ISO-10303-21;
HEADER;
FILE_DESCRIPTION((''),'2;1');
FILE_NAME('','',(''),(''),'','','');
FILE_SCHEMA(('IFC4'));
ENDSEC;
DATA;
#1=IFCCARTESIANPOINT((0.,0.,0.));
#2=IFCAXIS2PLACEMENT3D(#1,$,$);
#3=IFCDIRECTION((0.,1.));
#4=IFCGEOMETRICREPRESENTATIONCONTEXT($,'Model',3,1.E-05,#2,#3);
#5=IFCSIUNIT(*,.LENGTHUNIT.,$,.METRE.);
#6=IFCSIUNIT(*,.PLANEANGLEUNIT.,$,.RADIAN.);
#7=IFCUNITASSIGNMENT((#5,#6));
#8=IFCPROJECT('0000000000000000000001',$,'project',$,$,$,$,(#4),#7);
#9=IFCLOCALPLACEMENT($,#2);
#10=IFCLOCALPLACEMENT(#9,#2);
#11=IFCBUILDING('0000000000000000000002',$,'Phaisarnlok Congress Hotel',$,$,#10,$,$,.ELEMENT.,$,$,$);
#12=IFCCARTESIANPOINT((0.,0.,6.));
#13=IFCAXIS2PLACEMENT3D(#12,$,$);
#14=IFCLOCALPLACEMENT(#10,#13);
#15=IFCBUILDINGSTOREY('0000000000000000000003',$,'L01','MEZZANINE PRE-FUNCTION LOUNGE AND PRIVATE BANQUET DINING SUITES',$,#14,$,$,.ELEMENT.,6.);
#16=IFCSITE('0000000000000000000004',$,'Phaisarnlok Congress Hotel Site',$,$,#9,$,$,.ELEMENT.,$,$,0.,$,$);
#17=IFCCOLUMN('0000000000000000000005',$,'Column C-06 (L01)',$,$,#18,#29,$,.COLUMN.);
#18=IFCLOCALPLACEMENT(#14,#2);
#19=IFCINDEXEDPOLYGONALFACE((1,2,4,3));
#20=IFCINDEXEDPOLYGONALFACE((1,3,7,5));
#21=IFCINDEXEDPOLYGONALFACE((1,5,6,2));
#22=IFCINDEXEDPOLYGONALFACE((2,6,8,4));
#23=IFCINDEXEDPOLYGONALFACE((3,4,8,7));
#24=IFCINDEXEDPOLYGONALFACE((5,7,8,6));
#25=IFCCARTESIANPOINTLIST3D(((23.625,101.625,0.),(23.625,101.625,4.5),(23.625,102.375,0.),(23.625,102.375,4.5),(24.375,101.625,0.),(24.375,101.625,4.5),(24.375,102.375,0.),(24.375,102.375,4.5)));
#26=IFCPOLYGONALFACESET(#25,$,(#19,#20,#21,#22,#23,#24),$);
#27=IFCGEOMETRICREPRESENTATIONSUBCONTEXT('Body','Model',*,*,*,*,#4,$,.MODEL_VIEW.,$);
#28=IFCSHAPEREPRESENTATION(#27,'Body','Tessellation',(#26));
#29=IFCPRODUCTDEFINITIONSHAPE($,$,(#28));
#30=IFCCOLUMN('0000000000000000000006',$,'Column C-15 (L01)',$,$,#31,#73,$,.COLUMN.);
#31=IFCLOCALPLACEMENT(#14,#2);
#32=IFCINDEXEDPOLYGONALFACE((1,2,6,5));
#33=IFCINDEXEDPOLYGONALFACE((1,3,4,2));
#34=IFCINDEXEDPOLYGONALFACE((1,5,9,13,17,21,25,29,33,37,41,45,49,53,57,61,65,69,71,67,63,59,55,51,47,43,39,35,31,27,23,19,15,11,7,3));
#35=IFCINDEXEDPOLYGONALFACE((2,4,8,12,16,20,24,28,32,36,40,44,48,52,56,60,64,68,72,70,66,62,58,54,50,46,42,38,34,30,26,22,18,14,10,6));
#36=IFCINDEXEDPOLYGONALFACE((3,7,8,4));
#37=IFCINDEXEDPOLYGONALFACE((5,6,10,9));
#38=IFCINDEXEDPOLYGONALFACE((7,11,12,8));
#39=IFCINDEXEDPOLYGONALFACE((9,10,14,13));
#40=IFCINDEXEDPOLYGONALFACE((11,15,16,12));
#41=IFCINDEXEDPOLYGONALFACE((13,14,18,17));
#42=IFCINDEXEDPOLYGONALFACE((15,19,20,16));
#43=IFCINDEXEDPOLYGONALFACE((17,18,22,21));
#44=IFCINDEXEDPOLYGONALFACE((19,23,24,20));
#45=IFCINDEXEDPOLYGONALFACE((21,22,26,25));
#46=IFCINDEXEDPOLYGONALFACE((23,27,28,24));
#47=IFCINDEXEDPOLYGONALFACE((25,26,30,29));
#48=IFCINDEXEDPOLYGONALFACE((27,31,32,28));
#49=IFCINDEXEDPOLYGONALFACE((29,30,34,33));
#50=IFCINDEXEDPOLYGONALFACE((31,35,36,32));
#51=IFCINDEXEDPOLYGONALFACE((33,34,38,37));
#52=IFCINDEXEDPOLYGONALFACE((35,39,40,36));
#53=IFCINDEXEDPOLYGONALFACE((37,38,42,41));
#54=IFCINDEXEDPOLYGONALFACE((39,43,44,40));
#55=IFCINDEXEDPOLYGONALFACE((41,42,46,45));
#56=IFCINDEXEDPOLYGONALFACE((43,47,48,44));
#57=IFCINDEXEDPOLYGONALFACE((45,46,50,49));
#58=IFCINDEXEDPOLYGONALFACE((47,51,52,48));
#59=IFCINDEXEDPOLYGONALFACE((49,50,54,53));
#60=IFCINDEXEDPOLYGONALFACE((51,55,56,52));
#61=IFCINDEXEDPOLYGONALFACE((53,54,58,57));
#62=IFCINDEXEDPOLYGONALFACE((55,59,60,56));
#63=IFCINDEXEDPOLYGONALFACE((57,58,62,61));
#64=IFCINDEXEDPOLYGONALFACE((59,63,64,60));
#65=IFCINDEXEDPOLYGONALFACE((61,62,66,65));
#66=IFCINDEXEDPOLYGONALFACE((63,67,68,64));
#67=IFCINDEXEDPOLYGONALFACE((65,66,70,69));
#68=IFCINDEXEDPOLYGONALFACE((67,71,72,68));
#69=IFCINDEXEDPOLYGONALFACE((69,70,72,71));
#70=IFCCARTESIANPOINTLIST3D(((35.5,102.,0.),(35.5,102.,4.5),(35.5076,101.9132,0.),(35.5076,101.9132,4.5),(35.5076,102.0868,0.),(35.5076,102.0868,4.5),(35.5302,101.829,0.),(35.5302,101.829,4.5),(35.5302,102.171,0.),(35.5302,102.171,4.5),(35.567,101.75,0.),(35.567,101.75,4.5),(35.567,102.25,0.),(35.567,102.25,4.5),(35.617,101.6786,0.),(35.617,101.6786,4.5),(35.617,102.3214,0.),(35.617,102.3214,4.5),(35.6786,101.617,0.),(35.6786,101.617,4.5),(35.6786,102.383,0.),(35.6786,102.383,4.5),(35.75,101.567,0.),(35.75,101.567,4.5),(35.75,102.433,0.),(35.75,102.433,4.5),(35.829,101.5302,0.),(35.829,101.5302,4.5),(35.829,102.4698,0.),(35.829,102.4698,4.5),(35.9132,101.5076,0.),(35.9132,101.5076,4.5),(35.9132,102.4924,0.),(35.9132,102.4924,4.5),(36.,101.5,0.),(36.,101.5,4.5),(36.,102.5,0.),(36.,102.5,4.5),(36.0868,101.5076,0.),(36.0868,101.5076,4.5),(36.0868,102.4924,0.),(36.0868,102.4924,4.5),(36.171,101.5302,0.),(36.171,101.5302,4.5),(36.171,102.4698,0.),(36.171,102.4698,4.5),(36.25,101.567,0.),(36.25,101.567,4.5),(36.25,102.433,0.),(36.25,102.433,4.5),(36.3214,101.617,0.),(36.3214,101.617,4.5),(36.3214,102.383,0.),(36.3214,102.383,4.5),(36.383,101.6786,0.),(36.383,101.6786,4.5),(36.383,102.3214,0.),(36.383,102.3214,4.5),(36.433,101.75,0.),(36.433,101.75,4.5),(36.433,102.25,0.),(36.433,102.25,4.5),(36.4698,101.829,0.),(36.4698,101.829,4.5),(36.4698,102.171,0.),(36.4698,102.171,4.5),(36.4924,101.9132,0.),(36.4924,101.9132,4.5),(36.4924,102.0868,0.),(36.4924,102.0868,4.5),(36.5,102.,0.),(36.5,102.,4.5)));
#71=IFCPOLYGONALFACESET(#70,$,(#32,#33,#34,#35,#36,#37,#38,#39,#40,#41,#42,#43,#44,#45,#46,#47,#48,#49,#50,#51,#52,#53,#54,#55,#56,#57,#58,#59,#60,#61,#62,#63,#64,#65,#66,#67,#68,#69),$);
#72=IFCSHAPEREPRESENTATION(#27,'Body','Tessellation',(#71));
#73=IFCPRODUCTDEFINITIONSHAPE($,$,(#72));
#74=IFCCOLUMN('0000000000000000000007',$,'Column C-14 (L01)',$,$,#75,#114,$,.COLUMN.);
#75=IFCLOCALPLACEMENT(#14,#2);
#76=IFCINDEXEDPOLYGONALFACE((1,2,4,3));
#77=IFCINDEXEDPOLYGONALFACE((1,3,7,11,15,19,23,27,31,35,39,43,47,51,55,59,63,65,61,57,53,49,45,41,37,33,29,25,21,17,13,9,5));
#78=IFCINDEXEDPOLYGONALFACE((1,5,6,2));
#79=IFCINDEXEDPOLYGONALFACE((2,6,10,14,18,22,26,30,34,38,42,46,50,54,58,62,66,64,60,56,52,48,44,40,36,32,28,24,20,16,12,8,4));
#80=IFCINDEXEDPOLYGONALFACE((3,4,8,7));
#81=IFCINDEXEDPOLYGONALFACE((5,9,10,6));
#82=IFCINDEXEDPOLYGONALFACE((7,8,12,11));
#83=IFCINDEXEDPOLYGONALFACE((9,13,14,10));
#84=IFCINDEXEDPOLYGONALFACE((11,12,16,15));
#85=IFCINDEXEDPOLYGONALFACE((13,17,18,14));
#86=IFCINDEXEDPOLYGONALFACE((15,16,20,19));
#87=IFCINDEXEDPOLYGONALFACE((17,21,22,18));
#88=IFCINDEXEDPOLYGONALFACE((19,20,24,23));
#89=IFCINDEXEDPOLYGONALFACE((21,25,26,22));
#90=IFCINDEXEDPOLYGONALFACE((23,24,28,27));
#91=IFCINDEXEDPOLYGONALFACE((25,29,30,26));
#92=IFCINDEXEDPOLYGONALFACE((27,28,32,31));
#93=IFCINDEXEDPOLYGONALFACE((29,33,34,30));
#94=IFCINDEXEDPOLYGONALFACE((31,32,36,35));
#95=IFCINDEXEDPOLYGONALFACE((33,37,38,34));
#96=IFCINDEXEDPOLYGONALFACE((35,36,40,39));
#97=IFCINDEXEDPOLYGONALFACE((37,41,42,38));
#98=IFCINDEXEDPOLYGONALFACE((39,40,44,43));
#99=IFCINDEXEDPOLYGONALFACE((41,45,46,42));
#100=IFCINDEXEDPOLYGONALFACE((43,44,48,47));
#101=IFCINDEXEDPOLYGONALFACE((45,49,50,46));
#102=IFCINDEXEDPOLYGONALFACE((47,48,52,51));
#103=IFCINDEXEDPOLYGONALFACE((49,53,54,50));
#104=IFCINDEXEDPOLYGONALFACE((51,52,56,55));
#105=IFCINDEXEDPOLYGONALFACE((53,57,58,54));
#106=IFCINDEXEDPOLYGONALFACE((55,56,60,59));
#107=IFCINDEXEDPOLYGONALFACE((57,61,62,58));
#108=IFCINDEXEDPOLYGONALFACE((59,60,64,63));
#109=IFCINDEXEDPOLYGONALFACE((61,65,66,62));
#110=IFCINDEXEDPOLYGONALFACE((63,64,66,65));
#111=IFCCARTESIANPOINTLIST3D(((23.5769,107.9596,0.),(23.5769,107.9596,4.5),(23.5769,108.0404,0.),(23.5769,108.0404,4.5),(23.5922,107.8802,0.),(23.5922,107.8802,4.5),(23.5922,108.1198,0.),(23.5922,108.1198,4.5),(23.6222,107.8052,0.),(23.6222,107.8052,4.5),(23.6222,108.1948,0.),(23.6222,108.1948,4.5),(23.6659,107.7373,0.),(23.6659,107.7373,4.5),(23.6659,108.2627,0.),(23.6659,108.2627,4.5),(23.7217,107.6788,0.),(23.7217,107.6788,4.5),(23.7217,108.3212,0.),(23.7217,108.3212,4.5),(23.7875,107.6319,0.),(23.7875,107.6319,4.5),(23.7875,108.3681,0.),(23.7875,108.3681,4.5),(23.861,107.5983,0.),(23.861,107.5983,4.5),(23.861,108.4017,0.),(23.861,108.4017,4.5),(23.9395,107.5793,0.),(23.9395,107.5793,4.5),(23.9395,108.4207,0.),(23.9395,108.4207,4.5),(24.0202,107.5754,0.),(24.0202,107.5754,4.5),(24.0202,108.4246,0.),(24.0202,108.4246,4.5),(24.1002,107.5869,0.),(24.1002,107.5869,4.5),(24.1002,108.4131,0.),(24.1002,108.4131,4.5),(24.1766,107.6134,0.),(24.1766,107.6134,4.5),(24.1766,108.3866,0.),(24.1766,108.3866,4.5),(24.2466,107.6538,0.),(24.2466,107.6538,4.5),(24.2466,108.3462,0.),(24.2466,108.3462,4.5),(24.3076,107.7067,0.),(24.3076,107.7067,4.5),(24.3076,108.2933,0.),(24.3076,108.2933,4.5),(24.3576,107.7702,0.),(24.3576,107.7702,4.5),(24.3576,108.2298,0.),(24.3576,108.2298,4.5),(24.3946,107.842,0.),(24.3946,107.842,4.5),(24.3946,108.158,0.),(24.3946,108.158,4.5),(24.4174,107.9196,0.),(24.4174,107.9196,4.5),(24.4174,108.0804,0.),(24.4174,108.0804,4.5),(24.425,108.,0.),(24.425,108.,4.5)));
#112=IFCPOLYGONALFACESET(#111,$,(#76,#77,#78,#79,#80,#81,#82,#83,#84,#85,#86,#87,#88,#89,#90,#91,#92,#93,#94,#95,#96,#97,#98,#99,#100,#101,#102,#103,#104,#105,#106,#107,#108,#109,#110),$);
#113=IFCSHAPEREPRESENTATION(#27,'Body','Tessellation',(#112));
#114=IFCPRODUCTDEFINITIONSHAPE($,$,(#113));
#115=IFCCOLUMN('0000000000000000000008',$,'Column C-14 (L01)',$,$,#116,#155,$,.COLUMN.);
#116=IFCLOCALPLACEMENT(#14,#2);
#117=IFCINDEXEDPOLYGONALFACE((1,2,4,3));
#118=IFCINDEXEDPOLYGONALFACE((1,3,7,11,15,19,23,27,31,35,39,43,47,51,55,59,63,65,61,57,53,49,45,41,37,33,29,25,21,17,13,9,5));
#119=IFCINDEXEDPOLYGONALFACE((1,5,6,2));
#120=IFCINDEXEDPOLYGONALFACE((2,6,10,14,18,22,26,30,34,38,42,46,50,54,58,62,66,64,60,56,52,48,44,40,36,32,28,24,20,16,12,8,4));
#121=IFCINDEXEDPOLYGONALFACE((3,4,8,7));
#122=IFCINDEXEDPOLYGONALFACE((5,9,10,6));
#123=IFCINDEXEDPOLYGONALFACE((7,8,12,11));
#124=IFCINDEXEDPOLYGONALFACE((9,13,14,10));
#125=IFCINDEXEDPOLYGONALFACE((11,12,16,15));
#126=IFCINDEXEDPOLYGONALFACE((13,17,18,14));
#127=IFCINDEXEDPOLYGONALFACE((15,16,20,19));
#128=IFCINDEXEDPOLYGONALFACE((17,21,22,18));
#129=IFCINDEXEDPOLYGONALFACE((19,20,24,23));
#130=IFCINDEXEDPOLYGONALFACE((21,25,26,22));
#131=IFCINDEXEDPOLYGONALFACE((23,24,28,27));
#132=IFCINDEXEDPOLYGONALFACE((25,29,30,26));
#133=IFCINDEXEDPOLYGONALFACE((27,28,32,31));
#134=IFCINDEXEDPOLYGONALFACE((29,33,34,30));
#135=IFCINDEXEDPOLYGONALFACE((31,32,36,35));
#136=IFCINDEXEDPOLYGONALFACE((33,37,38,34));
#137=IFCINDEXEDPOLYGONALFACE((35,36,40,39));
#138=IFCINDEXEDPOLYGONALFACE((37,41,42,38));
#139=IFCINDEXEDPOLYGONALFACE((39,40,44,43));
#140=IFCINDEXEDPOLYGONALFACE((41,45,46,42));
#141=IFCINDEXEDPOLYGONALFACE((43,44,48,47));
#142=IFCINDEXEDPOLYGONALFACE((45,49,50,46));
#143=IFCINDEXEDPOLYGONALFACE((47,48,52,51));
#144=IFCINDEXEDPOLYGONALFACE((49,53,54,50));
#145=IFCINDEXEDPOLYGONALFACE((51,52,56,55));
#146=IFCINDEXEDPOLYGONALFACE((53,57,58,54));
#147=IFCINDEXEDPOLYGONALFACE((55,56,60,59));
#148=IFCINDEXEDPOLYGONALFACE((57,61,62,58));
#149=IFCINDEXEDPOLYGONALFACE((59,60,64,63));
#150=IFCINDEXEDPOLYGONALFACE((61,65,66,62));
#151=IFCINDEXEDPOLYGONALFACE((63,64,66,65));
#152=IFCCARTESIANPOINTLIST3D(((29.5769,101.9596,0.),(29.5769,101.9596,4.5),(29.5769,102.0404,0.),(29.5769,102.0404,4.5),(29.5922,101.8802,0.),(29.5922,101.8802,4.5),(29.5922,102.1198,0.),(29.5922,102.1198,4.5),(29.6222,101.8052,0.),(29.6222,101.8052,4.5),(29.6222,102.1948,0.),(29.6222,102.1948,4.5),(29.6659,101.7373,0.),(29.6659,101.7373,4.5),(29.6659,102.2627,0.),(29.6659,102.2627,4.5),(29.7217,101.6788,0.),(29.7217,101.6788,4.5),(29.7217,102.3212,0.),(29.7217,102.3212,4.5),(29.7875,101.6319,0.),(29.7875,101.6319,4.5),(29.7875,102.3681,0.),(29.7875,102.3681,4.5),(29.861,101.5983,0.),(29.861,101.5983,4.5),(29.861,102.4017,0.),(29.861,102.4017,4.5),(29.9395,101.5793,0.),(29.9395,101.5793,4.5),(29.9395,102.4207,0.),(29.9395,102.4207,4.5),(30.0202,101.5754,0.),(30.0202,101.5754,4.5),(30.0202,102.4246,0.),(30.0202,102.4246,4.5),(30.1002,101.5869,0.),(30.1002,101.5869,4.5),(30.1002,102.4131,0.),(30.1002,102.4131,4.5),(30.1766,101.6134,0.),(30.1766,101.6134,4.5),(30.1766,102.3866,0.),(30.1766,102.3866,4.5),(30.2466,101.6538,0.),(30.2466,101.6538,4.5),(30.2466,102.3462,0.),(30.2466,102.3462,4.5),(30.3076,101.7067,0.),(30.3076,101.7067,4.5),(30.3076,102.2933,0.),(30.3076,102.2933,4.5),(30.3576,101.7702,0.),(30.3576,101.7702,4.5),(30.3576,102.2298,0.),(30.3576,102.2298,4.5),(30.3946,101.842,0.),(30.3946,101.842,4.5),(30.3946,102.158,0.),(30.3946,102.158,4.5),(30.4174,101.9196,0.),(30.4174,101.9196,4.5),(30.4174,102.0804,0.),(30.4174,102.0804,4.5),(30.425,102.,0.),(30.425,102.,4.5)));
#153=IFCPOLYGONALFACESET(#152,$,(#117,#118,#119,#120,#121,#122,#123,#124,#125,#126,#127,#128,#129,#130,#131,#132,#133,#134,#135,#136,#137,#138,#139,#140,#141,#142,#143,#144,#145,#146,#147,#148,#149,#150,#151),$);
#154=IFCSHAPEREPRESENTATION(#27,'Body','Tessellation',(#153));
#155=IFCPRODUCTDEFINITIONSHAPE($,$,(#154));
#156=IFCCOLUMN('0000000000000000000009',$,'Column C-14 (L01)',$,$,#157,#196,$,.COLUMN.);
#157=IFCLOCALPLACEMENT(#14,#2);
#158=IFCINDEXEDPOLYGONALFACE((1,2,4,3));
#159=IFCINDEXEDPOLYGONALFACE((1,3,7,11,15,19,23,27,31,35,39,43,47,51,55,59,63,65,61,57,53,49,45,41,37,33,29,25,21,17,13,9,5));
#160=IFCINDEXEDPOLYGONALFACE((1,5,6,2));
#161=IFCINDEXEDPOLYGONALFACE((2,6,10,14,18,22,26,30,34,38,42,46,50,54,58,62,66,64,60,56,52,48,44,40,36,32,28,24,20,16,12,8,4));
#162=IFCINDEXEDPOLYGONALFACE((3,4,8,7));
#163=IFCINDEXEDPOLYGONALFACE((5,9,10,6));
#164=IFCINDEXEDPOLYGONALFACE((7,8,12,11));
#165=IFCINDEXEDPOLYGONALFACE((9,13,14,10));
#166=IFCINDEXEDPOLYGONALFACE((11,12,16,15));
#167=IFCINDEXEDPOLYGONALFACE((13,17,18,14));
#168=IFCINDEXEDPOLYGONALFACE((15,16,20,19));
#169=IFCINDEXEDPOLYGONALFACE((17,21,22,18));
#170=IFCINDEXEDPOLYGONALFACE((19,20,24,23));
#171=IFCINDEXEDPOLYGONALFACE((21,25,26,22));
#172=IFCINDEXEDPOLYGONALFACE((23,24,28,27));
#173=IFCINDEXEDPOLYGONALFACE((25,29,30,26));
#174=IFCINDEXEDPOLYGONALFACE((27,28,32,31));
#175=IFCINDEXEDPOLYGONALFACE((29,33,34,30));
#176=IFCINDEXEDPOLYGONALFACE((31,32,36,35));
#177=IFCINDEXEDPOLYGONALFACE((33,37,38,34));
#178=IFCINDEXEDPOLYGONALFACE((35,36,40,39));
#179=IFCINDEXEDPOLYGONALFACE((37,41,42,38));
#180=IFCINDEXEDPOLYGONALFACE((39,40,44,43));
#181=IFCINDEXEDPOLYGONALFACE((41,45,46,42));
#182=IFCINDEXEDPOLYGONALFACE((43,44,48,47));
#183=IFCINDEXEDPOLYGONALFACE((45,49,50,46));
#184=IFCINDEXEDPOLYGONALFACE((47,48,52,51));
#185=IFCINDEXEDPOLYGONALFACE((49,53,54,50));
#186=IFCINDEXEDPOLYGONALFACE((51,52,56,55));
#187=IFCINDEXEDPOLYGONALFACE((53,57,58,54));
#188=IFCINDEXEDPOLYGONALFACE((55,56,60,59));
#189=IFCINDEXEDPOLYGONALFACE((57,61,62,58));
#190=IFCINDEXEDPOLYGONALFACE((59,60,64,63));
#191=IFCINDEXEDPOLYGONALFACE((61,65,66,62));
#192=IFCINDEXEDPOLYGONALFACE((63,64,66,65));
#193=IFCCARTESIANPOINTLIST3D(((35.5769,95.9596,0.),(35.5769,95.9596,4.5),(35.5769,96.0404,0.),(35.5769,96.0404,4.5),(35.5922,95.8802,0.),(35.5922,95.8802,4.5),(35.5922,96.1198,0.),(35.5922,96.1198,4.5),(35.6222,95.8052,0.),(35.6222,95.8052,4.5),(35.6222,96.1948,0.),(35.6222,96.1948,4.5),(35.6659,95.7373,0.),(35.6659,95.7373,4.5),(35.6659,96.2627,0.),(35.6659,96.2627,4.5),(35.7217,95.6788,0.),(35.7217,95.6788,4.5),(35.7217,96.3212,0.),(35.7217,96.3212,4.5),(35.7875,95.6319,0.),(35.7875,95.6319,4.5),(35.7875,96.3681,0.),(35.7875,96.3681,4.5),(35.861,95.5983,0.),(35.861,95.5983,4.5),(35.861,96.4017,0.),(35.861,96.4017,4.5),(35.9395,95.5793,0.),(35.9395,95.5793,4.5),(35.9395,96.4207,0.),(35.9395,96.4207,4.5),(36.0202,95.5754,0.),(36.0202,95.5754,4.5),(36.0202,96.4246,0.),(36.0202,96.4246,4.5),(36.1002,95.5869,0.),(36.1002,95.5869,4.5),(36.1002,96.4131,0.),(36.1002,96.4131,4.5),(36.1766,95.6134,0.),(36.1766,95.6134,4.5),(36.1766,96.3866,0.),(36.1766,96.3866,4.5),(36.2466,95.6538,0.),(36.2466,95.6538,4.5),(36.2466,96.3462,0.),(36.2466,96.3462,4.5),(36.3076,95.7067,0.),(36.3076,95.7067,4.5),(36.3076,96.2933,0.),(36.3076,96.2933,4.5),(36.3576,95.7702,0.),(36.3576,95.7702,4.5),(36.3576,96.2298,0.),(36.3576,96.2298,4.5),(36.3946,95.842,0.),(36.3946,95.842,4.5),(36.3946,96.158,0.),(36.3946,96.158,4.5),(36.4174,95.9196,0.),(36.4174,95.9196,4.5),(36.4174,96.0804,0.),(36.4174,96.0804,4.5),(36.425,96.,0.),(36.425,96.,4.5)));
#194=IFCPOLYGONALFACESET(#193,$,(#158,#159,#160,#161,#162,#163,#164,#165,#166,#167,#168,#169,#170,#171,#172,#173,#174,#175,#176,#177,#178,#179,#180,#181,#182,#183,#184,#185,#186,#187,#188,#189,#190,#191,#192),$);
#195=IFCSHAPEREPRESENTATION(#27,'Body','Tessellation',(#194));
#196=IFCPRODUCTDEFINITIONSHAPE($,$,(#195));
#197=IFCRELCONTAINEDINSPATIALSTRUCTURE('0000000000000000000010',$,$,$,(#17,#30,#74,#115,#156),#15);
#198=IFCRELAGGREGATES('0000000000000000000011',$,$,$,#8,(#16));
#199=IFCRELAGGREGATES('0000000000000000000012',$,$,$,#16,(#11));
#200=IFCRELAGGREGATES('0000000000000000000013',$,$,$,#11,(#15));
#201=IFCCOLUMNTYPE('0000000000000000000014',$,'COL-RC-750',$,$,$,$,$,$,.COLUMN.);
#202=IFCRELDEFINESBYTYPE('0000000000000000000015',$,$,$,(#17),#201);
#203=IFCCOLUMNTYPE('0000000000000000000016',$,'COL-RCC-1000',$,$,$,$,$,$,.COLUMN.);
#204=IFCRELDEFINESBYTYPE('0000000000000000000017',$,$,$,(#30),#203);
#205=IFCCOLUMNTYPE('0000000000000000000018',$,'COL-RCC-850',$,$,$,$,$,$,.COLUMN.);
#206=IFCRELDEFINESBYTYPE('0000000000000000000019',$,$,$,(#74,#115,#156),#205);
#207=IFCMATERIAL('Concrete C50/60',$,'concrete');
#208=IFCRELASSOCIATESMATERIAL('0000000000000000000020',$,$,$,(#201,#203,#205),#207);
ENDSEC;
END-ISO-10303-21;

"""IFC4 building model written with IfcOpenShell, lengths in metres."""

from ifc_helpers import new_model, si_unit, direction, frame, origin, origin_2d, place, context, subcontext, project, spatial, rectangle, circle, extrude, material, material_profile, profile_set, type_object, element, save


model = new_model("IFC4")

# Units and contexts
model_context = context("Model", 3, precision=1e-05, world=origin(), true_north=direction((0.0, 1.0)))
body_context = subcontext(model_context, "Body", "Model", "MODEL_VIEW")
ifc_project = project(units=[si_unit("LENGTHUNIT", "METRE"), si_unit("PLANEANGLEUNIT", "RADIAN")], contexts=[model_context])

# Site, building, storey
site_placement = place(None, origin())
site = spatial("IfcSite", under=ifc_project, at=site_placement, Name="Phaisarnlok Congress Hotel Site", CompositionType="ELEMENT", RefElevation=0.0)
building_placement = place(site_placement, origin())
building = spatial("IfcBuilding", under=site, at=building_placement, Name="Phaisarnlok Congress Hotel", CompositionType="ELEMENT")
storey_placement = place(building_placement, frame((0.0, 0.0, 6.0)))
storey = spatial("IfcBuildingStorey", under=building, at=storey_placement, Name="L01", Description="MEZZANINE PRE-FUNCTION LOUNGE AND PRIVATE BANQUET DINING SUITES", CompositionType="ELEMENT", Elevation=6.0)

# Columns
ifc_material_1 = material(Name="Concrete C50/60", Category="concrete")
ifc_material_profile_1 = material_profile(ifc_material_1, rectangle(XDim=0.75, YDim=0.75, at=origin_2d()), Name="RC 750x750")
ifc_profile_set_1 = profile_set([ifc_material_profile_1], Name="Concrete C50/60")
column_type_1 = type_object("IfcColumnType", Name="COL-RC-750", PredefinedType="COLUMN", material=ifc_profile_set_1)
column_1_placement = place(storey_placement, frame((24.0, 102.0, 0.0), z_axis=(0.0, 0.0, 1.0), x_axis=(1.0, 0.0, 0.0)))
element("IfcColumn", 1, at=column_1_placement, inside=storey, type_object=column_type_1, Name="Column C-06 (L01)", PredefinedType="COLUMN", context=body_context, shape_type="SweptSolid", body=[
    extrude(rectangle(XDim=0.75, YDim=0.75, at=origin_2d()), origin(), (0.0, 0.0, 1.0), 4.5),
])
ifc_material_profile_2 = material_profile(ifc_material_1, circle(Radius=0.5, at=origin_2d()), Name="RCC D1000")
ifc_profile_set_2 = profile_set([ifc_material_profile_2], Name="Concrete C50/60")
column_type_2 = type_object("IfcColumnType", Name="COL-RCC-1000", PredefinedType="COLUMN", material=ifc_profile_set_2)
column_2_placement = place(storey_placement, frame((36.0, 102.0, 0.0), z_axis=(0.0, 0.0, 1.0), x_axis=(1.0, 0.0, 0.0)))
element("IfcColumn", 2, at=column_2_placement, inside=storey, type_object=column_type_2, Name="Column C-15 (L01)", PredefinedType="COLUMN", context=body_context, shape_type="SweptSolid", body=[
    extrude(circle(Radius=0.5, at=origin_2d()), origin(), (0.0, 0.0, 1.0), 4.5),
])
ifc_material_profile_3 = material_profile(ifc_material_1, circle(Radius=0.425, at=origin_2d()), Name="RCC D850")
ifc_profile_set_3 = profile_set([ifc_material_profile_3], Name="Concrete C50/60")
column_type_3 = type_object("IfcColumnType", Name="COL-RCC-850", PredefinedType="COLUMN", material=ifc_profile_set_3)
for number, where, z_axis, x_axis, name in (
    (3, (24.0, 108.0, 0.0), (0.0, 0.0, 1.0), (1.0, 0.0, 0.0), "Column C-14 (L01)"),
    (4, (30.0, 102.0, 0.0), (0.0, 0.0, 1.0), (1.0, 0.0, 0.0), "Column C-14 (L01)"),
    (5, (36.0, 96.0, 0.0), (0.0, 0.0, 1.0), (1.0, 0.0, 0.0), "Column C-14 (L01)"),
):
    element("IfcColumn", number, at=place(storey_placement, frame(where, z_axis=z_axis, x_axis=x_axis)), inside=storey, type_object=column_type_3, Name=name, PredefinedType="COLUMN", context=body_context, shape_type="SweptSolid", body=[
        extrude(circle(Radius=0.425, at=origin_2d()), origin(), (0.0, 0.0, 1.0), 4.5),
    ])

save(model, "model.ifc")
